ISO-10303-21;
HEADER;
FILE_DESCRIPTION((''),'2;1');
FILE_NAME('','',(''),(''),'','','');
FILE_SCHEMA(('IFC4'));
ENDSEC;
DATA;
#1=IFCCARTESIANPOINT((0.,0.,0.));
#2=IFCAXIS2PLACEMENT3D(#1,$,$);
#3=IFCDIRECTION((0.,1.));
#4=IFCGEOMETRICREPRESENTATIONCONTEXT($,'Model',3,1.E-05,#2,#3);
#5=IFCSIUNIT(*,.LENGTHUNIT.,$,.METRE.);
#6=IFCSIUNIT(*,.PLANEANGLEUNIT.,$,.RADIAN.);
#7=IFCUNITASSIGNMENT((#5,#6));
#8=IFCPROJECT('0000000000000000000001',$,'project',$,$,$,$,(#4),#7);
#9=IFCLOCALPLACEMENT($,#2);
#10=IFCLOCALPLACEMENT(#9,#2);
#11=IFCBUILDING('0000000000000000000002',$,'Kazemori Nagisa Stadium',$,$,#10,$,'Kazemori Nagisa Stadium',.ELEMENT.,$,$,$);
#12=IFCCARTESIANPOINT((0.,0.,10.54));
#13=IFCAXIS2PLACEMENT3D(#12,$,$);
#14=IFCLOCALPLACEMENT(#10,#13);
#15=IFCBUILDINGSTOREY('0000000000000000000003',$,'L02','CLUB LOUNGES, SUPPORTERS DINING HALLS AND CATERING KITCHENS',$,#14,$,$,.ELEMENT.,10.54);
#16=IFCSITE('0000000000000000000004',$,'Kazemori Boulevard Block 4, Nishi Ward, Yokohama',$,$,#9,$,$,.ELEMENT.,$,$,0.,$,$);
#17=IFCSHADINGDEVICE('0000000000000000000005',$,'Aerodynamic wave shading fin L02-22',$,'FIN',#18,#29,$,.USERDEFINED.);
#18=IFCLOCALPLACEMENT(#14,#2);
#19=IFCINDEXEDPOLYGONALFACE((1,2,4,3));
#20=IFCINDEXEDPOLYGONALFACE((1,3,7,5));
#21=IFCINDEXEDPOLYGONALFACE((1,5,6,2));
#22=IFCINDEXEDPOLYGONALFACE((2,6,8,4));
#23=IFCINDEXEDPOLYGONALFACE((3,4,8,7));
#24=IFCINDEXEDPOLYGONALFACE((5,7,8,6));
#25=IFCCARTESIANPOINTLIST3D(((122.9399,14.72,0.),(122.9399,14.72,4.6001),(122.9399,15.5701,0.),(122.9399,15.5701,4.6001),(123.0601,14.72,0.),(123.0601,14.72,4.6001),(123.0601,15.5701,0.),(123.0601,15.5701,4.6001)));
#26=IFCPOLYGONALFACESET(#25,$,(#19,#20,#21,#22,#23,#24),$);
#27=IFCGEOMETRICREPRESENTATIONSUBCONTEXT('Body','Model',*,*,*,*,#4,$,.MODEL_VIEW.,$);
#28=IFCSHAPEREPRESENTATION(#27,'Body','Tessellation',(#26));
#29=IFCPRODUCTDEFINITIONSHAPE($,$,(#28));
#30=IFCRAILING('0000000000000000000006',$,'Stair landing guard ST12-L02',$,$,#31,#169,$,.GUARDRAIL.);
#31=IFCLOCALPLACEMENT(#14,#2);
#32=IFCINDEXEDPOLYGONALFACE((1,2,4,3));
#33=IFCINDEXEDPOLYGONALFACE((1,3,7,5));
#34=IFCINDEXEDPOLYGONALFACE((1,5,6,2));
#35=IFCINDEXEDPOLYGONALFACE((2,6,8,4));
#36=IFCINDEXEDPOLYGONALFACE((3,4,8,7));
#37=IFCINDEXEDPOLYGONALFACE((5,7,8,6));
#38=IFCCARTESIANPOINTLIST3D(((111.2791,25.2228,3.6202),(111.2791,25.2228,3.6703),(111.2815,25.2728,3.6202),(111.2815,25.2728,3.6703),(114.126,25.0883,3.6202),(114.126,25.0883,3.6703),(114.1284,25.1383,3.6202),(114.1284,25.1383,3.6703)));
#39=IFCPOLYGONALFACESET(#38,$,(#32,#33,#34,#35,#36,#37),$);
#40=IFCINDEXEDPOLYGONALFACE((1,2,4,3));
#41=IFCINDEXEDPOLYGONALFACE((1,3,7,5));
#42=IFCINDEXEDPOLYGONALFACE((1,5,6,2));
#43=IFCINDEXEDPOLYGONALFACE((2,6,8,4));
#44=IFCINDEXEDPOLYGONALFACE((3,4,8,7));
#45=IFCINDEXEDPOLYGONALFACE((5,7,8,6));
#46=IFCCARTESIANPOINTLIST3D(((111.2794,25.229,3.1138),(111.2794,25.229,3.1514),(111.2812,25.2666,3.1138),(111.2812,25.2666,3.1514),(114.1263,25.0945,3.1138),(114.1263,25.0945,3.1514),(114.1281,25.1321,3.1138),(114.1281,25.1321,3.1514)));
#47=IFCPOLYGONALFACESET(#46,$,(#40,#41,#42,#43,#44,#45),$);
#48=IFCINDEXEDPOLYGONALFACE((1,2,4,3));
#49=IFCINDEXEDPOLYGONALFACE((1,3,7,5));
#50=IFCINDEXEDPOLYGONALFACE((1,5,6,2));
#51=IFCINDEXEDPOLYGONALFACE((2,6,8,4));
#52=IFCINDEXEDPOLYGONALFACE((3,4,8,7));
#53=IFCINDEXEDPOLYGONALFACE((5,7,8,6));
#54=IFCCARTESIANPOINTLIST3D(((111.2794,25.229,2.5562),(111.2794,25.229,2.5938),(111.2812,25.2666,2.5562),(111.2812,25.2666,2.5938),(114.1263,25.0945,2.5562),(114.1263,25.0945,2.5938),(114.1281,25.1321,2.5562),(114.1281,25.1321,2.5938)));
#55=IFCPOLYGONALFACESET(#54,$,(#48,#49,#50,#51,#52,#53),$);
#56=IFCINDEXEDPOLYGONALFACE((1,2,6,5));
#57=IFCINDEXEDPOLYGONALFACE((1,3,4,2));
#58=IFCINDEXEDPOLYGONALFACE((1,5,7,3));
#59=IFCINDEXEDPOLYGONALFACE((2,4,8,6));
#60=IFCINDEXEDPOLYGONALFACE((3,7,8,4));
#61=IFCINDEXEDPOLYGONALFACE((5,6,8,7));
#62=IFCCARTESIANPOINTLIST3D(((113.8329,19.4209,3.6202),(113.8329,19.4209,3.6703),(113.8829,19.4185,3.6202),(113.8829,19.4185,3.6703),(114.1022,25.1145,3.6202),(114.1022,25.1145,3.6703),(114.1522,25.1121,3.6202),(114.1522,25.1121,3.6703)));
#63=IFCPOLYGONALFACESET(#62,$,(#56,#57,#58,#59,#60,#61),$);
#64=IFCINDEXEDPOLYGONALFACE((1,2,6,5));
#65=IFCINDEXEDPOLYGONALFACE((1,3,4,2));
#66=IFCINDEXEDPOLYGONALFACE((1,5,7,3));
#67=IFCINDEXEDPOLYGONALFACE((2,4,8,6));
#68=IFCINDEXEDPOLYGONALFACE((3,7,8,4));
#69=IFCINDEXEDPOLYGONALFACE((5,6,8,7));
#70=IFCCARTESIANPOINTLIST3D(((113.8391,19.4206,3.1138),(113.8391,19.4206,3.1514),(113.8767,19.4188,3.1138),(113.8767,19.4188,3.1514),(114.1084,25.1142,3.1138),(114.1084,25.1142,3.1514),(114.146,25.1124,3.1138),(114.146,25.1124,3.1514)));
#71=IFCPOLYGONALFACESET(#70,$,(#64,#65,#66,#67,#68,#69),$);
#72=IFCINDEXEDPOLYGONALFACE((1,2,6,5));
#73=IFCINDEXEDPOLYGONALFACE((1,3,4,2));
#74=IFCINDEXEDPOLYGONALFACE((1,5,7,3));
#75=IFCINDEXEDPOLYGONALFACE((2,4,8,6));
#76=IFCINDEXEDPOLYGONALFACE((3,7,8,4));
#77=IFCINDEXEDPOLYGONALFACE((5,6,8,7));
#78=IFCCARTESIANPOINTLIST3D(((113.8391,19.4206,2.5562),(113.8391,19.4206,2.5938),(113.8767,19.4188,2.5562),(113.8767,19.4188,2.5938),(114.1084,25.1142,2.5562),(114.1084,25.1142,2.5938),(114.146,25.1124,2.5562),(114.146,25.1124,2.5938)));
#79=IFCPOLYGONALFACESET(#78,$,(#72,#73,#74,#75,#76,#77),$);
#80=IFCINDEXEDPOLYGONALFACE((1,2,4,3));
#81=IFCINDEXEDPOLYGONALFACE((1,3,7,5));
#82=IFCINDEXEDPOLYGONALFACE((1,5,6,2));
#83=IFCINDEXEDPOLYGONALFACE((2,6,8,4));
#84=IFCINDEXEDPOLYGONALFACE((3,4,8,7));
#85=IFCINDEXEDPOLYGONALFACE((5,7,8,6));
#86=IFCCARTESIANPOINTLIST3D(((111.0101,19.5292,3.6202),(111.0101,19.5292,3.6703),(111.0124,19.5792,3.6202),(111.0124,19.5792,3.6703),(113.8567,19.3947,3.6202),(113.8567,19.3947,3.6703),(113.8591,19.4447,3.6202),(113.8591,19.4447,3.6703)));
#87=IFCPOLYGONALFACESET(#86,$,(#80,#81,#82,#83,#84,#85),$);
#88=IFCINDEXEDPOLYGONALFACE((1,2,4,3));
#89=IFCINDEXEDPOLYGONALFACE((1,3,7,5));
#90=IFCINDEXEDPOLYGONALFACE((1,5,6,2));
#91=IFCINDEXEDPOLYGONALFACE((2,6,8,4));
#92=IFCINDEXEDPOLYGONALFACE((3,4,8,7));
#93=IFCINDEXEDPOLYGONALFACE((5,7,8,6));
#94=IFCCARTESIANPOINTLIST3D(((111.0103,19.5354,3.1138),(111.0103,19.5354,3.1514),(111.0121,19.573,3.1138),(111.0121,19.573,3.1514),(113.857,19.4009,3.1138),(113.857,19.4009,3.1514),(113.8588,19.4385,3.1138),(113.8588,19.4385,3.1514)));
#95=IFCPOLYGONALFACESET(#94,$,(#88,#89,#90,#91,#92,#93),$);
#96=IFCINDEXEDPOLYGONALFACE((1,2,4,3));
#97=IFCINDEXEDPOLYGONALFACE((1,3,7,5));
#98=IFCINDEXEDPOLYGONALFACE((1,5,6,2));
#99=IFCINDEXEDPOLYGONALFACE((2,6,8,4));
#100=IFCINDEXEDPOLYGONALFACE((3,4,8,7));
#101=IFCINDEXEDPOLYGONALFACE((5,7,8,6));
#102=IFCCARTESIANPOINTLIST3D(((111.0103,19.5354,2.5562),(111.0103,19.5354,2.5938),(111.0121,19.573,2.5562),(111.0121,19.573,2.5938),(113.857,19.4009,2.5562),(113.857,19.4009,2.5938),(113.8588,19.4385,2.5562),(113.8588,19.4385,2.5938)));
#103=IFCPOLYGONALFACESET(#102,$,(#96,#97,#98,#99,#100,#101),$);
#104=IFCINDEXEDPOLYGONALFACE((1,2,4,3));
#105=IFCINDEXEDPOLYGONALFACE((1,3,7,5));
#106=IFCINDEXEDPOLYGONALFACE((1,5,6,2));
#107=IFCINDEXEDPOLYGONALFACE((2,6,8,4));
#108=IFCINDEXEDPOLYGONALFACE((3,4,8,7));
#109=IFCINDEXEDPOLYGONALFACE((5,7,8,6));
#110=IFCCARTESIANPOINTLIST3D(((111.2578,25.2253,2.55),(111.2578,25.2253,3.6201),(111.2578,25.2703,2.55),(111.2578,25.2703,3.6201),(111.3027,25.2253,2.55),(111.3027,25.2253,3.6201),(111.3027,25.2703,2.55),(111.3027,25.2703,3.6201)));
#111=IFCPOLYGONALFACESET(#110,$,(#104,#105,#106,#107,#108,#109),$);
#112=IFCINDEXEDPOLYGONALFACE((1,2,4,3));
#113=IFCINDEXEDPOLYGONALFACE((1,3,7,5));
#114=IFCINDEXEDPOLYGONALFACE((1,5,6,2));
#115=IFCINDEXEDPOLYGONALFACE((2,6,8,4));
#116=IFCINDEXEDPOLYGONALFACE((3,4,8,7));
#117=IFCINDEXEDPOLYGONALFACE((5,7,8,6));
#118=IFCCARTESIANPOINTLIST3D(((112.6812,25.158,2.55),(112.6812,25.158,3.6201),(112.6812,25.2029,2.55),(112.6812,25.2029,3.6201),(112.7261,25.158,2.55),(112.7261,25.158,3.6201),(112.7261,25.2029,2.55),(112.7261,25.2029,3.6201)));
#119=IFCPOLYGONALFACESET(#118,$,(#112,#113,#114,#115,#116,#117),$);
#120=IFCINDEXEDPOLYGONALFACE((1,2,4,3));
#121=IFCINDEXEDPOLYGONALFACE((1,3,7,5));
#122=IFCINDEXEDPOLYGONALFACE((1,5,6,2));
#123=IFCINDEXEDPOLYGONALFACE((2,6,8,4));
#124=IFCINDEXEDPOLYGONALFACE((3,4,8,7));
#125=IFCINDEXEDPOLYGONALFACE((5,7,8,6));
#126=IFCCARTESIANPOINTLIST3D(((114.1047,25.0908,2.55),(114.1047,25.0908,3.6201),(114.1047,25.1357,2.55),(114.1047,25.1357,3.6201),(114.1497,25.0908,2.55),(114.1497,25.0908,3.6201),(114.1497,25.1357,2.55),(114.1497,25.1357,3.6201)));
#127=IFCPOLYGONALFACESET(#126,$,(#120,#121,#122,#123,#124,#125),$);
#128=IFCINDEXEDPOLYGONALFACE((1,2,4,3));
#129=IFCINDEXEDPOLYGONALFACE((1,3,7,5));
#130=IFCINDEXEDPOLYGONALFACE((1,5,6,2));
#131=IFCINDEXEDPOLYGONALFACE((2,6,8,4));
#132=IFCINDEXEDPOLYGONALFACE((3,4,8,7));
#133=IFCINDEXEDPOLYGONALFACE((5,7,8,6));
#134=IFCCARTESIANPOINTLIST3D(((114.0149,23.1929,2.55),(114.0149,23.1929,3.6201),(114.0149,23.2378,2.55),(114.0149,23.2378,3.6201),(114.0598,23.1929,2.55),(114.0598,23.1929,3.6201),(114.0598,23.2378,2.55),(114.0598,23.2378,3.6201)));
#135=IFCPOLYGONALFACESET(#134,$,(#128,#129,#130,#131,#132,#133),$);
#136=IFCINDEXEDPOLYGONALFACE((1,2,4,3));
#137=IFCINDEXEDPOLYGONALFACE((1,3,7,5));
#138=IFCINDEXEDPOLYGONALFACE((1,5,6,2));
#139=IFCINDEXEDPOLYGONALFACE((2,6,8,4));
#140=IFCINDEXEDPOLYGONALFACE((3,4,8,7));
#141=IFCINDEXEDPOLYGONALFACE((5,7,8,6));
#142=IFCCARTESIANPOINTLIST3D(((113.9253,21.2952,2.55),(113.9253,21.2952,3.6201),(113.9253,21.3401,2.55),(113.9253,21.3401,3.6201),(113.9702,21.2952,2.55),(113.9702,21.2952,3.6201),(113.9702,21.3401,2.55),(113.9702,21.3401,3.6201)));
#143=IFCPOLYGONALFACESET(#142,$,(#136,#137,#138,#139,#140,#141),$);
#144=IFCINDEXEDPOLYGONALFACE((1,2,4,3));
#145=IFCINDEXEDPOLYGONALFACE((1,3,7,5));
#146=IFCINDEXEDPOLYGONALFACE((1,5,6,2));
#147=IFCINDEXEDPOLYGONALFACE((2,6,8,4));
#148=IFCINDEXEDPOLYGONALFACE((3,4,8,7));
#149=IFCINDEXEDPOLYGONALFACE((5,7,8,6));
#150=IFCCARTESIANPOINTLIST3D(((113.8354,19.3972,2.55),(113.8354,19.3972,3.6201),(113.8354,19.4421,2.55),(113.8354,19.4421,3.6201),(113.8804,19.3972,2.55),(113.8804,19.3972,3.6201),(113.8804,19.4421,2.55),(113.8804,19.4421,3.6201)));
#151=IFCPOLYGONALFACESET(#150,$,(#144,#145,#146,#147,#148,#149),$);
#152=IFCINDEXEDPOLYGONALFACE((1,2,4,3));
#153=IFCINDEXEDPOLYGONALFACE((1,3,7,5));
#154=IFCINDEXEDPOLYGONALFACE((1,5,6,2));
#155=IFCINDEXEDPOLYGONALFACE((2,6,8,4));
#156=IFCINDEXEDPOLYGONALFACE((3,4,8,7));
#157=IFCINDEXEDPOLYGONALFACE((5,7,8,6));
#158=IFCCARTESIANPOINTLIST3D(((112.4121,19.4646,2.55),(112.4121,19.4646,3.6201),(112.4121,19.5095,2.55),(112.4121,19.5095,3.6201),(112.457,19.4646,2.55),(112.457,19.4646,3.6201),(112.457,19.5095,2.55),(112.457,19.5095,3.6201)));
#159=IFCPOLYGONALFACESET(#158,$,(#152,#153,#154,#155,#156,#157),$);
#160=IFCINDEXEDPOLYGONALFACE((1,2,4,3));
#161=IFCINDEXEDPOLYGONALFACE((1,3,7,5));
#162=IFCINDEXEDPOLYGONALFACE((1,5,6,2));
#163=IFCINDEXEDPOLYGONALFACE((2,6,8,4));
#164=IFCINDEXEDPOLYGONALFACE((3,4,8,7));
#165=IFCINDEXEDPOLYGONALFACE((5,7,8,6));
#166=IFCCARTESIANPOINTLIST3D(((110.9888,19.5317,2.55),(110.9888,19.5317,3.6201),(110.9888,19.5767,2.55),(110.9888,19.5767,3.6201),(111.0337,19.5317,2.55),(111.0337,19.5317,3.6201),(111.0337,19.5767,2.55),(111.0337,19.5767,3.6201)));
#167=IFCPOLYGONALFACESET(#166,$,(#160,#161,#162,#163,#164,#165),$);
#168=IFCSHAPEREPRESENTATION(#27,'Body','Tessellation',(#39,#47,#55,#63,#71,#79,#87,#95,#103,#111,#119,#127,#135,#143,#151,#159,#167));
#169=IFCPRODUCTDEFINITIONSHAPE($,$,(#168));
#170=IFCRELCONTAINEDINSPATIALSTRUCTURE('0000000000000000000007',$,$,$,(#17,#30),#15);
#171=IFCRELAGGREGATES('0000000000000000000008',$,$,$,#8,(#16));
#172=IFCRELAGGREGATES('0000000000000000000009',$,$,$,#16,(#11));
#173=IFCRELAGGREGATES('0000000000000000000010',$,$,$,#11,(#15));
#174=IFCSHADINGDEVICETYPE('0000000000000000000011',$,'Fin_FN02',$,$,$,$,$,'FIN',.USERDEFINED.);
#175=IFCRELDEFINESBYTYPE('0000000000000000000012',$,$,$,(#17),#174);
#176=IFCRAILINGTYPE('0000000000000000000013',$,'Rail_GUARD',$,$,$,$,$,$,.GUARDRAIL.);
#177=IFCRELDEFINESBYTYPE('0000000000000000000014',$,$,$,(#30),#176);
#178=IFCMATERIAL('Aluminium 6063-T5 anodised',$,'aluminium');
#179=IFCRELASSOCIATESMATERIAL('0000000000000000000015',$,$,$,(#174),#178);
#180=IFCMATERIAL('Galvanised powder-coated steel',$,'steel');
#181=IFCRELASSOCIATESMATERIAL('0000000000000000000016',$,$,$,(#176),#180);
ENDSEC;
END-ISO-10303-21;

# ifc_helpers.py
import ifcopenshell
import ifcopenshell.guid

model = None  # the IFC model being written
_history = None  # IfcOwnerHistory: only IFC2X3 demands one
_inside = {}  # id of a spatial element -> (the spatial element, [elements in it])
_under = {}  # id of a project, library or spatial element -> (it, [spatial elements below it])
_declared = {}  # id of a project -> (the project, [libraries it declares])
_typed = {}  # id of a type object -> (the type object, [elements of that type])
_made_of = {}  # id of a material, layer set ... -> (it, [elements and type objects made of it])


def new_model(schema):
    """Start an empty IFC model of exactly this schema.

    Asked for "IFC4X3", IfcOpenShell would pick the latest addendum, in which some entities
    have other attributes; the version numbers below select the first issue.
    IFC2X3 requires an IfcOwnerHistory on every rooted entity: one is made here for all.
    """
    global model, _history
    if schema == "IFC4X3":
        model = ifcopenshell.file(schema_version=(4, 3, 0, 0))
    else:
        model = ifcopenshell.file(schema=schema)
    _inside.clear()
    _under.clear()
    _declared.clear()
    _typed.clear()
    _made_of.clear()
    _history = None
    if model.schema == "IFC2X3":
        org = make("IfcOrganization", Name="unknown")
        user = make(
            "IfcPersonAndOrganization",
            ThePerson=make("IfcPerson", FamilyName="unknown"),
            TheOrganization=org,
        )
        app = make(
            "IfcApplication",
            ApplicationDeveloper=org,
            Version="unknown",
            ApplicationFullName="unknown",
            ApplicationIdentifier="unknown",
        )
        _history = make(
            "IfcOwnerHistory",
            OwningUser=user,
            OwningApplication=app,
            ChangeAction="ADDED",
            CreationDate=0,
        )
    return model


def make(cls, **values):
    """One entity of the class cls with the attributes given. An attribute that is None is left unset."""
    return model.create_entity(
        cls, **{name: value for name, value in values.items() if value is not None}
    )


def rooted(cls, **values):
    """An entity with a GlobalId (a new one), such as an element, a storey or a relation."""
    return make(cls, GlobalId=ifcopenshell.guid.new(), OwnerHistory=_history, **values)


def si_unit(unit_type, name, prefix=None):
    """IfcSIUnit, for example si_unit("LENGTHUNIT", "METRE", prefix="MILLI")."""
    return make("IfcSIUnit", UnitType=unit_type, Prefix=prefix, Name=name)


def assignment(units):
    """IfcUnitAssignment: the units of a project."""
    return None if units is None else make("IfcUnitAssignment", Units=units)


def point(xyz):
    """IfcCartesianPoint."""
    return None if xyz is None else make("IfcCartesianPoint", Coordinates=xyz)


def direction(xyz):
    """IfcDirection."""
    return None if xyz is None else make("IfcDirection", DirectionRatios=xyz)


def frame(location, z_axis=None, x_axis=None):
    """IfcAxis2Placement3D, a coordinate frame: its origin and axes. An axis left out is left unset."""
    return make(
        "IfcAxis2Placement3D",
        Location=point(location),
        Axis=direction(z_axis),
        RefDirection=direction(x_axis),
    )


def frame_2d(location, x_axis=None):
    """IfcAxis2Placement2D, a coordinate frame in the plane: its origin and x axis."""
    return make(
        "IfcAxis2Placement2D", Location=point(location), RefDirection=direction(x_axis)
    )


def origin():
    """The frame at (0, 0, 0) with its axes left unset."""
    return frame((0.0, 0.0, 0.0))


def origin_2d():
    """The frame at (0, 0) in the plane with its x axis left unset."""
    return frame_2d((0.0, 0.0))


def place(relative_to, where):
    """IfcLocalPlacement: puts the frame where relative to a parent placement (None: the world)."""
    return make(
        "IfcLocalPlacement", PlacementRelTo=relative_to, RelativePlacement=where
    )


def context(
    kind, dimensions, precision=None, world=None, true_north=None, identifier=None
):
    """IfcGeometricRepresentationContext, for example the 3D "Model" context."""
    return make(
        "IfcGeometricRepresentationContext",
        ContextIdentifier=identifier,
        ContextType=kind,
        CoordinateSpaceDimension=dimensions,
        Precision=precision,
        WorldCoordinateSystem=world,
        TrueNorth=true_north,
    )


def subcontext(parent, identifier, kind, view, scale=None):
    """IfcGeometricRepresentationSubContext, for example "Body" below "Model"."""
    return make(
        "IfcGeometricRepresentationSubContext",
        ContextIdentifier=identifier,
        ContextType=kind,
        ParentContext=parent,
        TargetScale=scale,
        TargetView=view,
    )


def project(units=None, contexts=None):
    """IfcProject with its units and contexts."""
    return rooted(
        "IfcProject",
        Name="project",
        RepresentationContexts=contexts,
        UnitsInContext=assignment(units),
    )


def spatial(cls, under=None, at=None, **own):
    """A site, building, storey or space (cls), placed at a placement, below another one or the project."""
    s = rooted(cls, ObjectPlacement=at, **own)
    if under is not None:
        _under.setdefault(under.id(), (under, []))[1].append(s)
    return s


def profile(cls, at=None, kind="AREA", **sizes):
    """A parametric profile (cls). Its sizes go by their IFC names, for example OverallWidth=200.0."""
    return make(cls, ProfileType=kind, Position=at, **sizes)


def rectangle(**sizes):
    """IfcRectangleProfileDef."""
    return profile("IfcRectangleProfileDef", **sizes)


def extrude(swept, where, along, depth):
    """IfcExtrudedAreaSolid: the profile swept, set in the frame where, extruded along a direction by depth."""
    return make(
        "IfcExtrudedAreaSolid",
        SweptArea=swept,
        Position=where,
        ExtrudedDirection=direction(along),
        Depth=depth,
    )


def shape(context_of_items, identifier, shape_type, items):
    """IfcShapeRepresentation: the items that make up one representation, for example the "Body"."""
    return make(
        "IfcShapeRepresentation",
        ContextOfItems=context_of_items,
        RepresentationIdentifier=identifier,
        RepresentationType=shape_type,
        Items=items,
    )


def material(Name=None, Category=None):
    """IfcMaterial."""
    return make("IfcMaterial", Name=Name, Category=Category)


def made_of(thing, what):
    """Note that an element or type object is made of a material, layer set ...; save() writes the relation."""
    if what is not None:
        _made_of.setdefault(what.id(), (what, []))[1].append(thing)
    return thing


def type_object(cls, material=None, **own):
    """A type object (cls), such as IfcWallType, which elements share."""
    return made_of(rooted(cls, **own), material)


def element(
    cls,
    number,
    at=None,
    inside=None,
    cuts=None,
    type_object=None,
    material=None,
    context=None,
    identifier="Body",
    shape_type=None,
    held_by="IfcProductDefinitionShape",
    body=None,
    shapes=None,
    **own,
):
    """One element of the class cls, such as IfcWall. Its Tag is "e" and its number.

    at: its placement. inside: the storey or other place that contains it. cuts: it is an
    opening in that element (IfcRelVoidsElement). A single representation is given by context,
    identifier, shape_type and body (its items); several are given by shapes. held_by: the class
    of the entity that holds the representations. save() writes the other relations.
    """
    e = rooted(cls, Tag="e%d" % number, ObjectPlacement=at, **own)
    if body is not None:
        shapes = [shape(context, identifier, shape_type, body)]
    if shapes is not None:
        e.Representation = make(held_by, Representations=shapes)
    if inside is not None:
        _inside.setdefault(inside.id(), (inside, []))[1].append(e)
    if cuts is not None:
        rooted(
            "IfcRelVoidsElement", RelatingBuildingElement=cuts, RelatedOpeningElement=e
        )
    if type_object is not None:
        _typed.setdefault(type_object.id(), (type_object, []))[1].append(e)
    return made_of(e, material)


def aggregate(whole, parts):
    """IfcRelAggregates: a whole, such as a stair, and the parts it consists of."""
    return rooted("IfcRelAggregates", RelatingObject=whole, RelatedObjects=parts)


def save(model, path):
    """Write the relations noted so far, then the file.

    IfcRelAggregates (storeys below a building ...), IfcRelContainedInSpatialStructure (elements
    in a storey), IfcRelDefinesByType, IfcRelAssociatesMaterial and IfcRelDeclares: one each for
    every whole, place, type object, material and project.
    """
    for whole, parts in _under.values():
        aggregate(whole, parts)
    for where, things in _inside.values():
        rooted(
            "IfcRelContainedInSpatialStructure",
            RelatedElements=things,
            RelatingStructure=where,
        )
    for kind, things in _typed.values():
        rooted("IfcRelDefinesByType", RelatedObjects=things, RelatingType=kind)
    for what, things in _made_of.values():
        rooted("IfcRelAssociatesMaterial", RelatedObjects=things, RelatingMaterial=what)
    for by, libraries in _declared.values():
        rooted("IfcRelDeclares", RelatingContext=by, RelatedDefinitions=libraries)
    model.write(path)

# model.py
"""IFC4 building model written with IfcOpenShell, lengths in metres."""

from ifc_helpers import new_model, si_unit, direction, frame, origin, origin_2d, place, context, subcontext, project, spatial, rectangle, extrude, material, type_object, element, save


model = new_model("IFC4")

# Units and contexts
model_context = context("Model", 3, precision=1e-05, world=origin(), true_north=direction((0.0, 1.0)))
body_context = subcontext(model_context, "Body", "Model", "MODEL_VIEW")
ifc_project = project(units=[si_unit("LENGTHUNIT", "METRE"), si_unit("PLANEANGLEUNIT", "RADIAN")], contexts=[model_context])

# Site, building, storey
site_placement = place(None, origin())
site = spatial("IfcSite", under=ifc_project, at=site_placement, Name="Kazemori Boulevard Block 4, Nishi Ward, Yokohama", CompositionType="ELEMENT", RefElevation=0.0)
building_placement = place(site_placement, origin())
building = spatial("IfcBuilding", under=site, at=building_placement, Name="Kazemori Nagisa Stadium", LongName="Kazemori Nagisa Stadium", CompositionType="ELEMENT")
storey_placement = place(building_placement, frame((0.0, 0.0, 10.54)))
storey = spatial("IfcBuildingStorey", under=building, at=storey_placement, Name="L02", Description="CLUB LOUNGES, SUPPORTERS DINING HALLS AND CATERING KITCHENS", CompositionType="ELEMENT", Elevation=10.54)

# Shared definitions
ifc_material_1 = material(Name="Aluminium 6063-T5 anodised", Category="aluminium")

# Shading device
shading_device_type = type_object("IfcShadingDeviceType", Name="Fin_FN02", ElementType="FIN", PredefinedType="USERDEFINED", material=ifc_material_1)
shading_device_placement = place(storey_placement, frame((123.0, 15.145, 0.0), z_axis=(0.0, 0.0, 1.0), x_axis=(0.0, -1.0, 0.0)))
element("IfcShadingDevice", 1, at=shading_device_placement, inside=storey, type_object=shading_device_type, Name="Aerodynamic wave shading fin L02-22", ObjectType="FIN", PredefinedType="USERDEFINED", context=body_context, shape_type="SweptSolid", body=[
    extrude(rectangle(XDim=0.8501, YDim=0.1201, at=origin_2d()), origin(), (0.0, 0.0, 1.0), 4.6001),
])

# Railing
ifc_material_2 = material(Name="Galvanised powder-coated steel", Category="steel")
railing_type = type_object("IfcRailingType", Name="Rail_GUARD", PredefinedType="GUARDRAIL", material=ifc_material_2)
railing_placement = place(storey_placement, frame((111.2803, 25.2478, 2.55)))
element("IfcRailing", 2, at=railing_placement, inside=storey, type_object=railing_type, Name="Stair landing guard ST12-L02", PredefinedType="GUARDRAIL", context=body_context, shape_type="SweptSolid", body=[
    extrude(rectangle(XDim=0.05, YDim=0.05, at=origin_2d()), frame((0.0, 0.0, 1.0952), z_axis=(0.998886, -0.047199, 0.0), x_axis=(0.047199, 0.998886, 0.0)), (0.0, 0.0, 1.0), 2.8501),
    extrude(rectangle(XDim=0.0376, YDim=0.0376, at=origin_2d()), frame((0.0, 0.0, 0.5825), z_axis=(0.998886, -0.047199, 0.0), x_axis=(0.047199, 0.998886, 0.0)), (0.0, 0.0, 1.0), 2.8501),
    extrude(rectangle(XDim=0.0376, YDim=0.0376, at=origin_2d()), frame((0.0, 0.0, 0.0249), z_axis=(0.998886, -0.047199, 0.0), x_axis=(0.047199, 0.998886, 0.0)), (0.0, 0.0, 1.0), 2.8501),
    extrude(rectangle(XDim=0.05, YDim=0.05, at=origin_2d()), frame((2.8469, -0.1345, 1.0952), z_axis=(-0.047244, -0.998883, 0.0), x_axis=(0.998883, -0.047244, 0.0)), (0.0, 0.0, 1.0), 5.7),
    extrude(rectangle(XDim=0.0376, YDim=0.0376, at=origin_2d()), frame((2.8469, -0.1345, 0.5825), z_axis=(-0.047244, -0.998883, 0.0), x_axis=(0.998883, -0.047244, 0.0)), (0.0, 0.0, 1.0), 5.7),
    extrude(rectangle(XDim=0.0376, YDim=0.0376, at=origin_2d()), frame((2.8469, -0.1345, 0.0249), z_axis=(-0.047244, -0.998883, 0.0), x_axis=(0.998883, -0.047244, 0.0)), (0.0, 0.0, 1.0), 5.7),
    extrude(rectangle(XDim=0.05, YDim=0.05, at=origin_2d()), frame((2.5776, -5.8281, 1.0952), z_axis=(-0.998885, 0.047203, 0.0), x_axis=(-0.047203, -0.998885, 0.0)), (0.0, 0.0, 1.0), 2.8499),
    extrude(rectangle(XDim=0.0376, YDim=0.0376, at=origin_2d()), frame((2.5776, -5.8281, 0.5825), z_axis=(-0.998885, 0.047203, 0.0), x_axis=(-0.047203, -0.998885, 0.0)), (0.0, 0.0, 1.0), 2.8499),
    extrude(rectangle(XDim=0.0376, YDim=0.0376, at=origin_2d()), frame((2.5776, -5.8281, 0.0249), z_axis=(-0.998885, 0.047203, 0.0), x_axis=(-0.047203, -0.998885, 0.0)), (0.0, 0.0, 1.0), 2.8499),
    extrude(rectangle(XDim=0.0449, YDim=0.0449, at=origin_2d()), origin(), (0.0, 0.0, 1.0), 1.0701),
    extrude(rectangle(XDim=0.0449, YDim=0.0449, at=origin_2d()), frame((1.4233, -0.0674, 0.0)), (0.0, 0.0, 1.0), 1.0701),
    extrude(rectangle(XDim=0.0449, YDim=0.0449, at=origin_2d()), frame((2.8469, -0.1345, 0.0)), (0.0, 0.0, 1.0), 1.0701),
    extrude(rectangle(XDim=0.0449, YDim=0.0449, at=origin_2d()), frame((2.7571, -2.0325, 0.0)), (0.0, 0.0, 1.0), 1.0701),
    extrude(rectangle(XDim=0.0449, YDim=0.0449, at=origin_2d()), frame((2.6675, -3.9302, 0.0)), (0.0, 0.0, 1.0), 1.0701),
    extrude(rectangle(XDim=0.0449, YDim=0.0449, at=origin_2d()), frame((2.5776, -5.8281, 0.0)), (0.0, 0.0, 1.0), 1.0701),
    extrude(rectangle(XDim=0.0449, YDim=0.0449, at=origin_2d()), frame((1.1543, -5.7607, 0.0)), (0.0, 0.0, 1.0), 1.0701),
    extrude(rectangle(XDim=0.0449, YDim=0.0449, at=origin_2d()), frame((-0.269, -5.6936, 0.0)), (0.0, 0.0, 1.0), 1.0701),
])

save(model, "model.ifc")
